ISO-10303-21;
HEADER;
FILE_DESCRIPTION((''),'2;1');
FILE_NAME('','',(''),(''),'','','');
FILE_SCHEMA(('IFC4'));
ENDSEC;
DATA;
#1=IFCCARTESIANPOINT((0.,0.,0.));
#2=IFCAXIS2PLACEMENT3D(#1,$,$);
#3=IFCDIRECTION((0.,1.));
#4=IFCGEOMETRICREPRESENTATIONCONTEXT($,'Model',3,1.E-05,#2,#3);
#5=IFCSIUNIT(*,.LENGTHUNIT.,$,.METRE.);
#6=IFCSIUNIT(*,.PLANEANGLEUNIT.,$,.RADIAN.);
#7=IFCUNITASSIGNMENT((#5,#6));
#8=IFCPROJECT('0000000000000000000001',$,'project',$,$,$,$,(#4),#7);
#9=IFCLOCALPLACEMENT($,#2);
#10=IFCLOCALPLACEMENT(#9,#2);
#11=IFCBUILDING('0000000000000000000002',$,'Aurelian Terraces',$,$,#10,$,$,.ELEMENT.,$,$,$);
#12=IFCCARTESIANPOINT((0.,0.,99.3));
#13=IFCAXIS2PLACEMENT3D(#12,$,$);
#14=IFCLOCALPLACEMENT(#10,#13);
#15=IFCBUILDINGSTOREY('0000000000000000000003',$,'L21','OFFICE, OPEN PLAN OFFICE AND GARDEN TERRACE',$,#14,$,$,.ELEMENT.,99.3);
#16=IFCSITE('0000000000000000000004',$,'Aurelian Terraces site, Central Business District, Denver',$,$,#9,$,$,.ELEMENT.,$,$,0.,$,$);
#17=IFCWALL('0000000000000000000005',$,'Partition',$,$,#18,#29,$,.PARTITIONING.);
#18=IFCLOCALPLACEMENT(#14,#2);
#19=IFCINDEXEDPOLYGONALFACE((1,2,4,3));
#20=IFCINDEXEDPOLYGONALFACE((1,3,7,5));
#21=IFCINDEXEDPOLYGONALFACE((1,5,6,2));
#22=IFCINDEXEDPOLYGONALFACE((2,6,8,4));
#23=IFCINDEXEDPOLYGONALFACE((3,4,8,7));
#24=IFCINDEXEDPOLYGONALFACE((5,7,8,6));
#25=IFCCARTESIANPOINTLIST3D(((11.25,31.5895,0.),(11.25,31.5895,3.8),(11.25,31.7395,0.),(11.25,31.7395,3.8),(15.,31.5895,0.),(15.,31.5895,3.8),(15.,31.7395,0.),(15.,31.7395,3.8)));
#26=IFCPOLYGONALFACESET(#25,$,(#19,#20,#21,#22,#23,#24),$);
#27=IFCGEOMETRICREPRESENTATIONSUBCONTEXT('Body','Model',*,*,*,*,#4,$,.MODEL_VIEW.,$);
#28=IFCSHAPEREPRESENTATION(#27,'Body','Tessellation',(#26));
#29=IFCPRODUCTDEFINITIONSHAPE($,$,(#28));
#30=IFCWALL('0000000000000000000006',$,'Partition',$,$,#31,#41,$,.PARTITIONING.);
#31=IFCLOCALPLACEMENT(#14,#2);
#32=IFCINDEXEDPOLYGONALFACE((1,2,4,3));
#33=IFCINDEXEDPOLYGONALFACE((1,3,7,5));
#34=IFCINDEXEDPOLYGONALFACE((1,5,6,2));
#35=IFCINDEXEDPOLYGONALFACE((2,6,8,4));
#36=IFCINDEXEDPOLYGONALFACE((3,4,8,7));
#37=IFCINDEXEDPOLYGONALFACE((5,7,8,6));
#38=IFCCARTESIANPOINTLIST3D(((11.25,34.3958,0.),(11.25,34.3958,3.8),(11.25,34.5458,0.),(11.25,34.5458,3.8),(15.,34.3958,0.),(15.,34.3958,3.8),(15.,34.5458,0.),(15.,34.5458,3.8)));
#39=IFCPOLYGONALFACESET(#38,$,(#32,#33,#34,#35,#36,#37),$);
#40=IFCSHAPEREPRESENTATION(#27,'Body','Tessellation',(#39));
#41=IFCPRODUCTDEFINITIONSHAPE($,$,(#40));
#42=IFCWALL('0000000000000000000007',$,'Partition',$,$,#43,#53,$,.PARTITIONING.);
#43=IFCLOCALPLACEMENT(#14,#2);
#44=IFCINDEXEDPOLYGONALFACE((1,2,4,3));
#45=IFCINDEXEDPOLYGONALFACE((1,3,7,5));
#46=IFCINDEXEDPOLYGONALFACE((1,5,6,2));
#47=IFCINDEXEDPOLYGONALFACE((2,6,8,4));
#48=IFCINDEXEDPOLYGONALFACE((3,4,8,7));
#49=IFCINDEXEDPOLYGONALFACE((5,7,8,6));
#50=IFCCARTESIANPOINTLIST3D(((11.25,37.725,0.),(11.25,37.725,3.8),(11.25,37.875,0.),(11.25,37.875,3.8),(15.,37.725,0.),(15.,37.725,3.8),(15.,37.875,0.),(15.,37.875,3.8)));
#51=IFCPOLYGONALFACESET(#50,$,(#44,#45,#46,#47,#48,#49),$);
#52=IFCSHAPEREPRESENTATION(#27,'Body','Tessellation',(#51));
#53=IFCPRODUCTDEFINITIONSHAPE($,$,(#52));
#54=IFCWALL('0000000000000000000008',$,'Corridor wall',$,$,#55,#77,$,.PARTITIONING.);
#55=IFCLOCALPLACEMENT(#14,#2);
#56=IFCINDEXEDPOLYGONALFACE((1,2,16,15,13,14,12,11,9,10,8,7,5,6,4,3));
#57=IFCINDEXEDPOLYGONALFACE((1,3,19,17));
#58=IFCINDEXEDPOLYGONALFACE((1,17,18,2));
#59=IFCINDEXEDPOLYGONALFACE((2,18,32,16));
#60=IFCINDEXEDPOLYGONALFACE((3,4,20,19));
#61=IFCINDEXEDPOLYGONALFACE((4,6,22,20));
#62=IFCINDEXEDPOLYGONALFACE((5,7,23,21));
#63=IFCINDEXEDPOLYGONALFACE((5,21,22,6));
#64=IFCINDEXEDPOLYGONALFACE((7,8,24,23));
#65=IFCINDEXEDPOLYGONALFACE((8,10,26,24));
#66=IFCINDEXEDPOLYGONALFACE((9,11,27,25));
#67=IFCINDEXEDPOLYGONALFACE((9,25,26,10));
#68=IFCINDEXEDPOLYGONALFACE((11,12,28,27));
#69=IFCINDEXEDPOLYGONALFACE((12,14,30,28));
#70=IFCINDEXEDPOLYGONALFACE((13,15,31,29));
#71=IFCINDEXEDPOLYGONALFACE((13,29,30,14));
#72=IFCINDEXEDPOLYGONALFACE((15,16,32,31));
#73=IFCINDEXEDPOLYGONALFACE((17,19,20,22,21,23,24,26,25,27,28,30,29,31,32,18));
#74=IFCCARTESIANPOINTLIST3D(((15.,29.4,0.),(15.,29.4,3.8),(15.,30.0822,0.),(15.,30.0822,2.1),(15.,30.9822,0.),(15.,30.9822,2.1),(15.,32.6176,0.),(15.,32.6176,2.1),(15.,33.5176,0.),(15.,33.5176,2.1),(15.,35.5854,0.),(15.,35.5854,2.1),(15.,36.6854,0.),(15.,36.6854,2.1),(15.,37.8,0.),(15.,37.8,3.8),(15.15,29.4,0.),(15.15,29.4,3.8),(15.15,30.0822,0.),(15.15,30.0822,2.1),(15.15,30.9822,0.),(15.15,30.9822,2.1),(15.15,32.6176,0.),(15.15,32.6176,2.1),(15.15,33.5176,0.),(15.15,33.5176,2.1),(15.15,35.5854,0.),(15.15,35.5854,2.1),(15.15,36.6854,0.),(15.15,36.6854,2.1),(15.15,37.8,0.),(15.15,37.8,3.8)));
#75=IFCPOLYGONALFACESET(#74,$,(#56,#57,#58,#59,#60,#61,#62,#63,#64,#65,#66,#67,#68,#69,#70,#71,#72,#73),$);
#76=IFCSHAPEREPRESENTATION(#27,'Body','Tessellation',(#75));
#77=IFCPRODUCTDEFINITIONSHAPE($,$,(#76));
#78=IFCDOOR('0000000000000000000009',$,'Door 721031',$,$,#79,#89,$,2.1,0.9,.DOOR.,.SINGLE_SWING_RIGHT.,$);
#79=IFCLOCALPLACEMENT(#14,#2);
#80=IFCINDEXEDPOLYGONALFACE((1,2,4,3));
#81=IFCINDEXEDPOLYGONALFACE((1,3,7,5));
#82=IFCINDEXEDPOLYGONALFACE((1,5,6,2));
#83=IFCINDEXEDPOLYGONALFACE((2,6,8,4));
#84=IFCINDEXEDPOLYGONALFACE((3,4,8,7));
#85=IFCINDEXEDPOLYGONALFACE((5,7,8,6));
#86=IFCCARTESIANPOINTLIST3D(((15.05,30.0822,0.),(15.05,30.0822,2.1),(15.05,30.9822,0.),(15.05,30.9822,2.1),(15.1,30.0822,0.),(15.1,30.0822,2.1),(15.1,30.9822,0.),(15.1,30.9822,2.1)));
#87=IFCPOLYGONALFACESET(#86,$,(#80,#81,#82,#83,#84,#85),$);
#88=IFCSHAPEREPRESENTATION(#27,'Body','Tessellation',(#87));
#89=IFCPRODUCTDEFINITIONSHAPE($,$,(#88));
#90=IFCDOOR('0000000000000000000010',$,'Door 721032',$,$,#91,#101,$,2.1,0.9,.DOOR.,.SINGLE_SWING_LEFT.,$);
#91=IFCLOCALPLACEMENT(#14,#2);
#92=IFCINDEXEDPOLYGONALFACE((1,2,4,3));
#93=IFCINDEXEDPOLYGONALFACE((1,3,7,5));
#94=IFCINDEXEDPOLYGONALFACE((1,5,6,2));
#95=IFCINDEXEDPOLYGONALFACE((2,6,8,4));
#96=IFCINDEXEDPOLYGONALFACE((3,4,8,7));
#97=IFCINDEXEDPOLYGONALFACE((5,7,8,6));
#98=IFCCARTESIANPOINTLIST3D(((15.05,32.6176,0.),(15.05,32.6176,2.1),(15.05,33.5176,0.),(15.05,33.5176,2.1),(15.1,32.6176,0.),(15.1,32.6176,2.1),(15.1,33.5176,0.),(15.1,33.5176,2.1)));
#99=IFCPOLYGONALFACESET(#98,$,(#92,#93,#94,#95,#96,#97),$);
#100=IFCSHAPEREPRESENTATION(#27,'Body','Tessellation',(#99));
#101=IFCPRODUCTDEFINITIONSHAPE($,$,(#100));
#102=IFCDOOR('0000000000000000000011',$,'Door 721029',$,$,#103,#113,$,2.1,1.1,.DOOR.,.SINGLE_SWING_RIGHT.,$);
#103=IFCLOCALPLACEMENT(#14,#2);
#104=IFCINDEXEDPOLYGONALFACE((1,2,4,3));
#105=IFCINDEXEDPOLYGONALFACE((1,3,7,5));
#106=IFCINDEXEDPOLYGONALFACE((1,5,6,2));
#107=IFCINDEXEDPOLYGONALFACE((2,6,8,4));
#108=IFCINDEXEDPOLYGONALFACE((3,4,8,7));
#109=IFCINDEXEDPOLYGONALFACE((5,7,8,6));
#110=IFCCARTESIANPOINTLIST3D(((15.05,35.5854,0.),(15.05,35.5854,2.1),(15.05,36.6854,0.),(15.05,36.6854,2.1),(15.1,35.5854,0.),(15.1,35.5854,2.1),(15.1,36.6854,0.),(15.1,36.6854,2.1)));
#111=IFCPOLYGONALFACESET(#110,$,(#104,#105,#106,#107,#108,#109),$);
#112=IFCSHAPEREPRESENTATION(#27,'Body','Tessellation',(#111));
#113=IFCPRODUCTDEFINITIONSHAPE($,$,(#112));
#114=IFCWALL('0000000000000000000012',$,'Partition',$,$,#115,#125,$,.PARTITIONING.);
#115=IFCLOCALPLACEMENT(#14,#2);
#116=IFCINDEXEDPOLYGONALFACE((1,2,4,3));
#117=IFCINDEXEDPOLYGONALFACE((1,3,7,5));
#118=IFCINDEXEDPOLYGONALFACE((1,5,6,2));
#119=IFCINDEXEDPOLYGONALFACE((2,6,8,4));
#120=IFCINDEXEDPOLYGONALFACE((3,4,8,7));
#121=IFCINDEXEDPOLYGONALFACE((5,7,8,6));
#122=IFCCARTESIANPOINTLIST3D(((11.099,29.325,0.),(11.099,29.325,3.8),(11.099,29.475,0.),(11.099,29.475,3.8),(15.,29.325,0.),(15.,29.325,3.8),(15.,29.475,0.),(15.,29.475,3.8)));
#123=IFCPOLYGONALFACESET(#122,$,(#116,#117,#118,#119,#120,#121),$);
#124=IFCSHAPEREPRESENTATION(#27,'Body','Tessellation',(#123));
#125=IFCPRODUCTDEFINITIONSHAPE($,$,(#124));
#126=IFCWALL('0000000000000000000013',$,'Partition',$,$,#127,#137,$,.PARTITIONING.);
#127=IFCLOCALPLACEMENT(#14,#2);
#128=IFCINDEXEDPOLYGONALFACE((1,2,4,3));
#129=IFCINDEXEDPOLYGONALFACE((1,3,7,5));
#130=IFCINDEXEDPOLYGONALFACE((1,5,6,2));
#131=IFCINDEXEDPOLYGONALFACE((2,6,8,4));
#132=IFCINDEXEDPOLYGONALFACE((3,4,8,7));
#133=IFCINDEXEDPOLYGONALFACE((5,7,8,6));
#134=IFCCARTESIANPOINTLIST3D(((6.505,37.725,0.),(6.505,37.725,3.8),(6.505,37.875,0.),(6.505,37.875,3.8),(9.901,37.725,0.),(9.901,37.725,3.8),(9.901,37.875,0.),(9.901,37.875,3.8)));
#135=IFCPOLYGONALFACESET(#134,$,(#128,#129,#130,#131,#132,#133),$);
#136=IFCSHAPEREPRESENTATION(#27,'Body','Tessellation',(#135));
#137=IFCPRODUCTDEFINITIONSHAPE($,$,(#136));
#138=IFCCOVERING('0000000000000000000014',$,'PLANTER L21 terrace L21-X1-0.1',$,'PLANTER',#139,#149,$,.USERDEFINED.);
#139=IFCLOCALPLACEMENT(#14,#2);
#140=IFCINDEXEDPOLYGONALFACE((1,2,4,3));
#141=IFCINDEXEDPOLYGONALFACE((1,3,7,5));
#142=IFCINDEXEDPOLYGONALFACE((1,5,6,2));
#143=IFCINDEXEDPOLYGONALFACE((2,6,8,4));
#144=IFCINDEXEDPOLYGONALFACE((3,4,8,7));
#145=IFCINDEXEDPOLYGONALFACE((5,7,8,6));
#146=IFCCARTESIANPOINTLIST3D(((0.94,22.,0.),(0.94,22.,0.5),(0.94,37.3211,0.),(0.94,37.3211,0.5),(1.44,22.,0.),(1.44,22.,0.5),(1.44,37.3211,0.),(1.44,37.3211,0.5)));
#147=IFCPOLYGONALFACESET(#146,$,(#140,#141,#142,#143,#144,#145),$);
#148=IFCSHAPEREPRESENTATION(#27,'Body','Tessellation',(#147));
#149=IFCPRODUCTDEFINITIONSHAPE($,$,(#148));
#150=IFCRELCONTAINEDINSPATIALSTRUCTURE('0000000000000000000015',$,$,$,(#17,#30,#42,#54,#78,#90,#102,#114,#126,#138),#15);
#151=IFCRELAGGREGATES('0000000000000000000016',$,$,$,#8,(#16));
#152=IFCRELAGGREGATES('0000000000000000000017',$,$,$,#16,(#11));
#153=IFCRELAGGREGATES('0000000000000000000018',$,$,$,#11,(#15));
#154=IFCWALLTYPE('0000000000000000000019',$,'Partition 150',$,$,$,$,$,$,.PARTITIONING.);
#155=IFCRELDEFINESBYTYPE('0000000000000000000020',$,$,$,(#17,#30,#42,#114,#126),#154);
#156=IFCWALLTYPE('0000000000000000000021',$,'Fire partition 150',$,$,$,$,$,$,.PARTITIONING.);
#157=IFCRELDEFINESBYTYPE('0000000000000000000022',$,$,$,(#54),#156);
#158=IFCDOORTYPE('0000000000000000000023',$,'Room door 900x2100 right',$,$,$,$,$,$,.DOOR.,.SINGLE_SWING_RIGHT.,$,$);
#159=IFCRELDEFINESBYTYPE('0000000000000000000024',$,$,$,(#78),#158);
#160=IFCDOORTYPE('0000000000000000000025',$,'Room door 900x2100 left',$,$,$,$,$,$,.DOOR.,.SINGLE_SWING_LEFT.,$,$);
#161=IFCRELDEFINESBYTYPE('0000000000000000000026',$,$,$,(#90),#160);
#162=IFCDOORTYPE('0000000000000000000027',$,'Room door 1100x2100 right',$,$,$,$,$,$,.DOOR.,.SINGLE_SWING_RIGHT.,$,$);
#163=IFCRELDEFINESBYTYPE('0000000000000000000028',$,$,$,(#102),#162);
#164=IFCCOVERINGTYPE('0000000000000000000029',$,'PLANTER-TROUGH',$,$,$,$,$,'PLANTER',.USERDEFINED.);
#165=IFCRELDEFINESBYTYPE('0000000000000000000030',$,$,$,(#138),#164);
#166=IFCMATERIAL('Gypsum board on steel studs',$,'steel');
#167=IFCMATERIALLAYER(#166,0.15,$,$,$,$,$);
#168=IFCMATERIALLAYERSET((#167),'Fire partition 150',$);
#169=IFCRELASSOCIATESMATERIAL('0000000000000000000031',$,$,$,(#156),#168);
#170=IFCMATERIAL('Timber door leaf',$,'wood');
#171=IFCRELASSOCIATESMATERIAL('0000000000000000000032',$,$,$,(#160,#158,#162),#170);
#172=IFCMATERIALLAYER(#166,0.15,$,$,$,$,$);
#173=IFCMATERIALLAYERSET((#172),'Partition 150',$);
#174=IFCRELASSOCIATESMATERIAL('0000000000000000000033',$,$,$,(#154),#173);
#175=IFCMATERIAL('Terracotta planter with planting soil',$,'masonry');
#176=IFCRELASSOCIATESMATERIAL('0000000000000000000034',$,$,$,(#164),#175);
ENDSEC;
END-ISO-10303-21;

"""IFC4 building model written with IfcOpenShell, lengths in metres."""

from ifc_helpers import new_model, si_unit, direction, frame, frame_2d, origin, origin_2d, place, context, subcontext, project, spatial, rectangle, extrude, source, transform, mapped, material, layer, layer_set, type_object, element, fill, save


model = new_model("IFC4")

# Units and contexts
model_context = context("Model", 3, precision=1e-05, world=origin(), true_north=direction((0.0, 1.0)))
body_context = subcontext(model_context, "Body", "Model", "MODEL_VIEW")
ifc_project = project(units=[si_unit("LENGTHUNIT", "METRE"), si_unit("PLANEANGLEUNIT", "RADIAN")], contexts=[model_context])

# Site, building, storey
site_placement = place(None, origin())
site = spatial("IfcSite", under=ifc_project, at=site_placement, Name="Aurelian Terraces site, Central Business District, Denver", CompositionType="ELEMENT", RefElevation=0.0)
building_placement = place(site_placement, origin())
building = spatial("IfcBuilding", under=site, at=building_placement, Name="Aurelian Terraces", CompositionType="ELEMENT")
storey_placement = place(building_placement, frame((0.0, 0.0, 99.3)))
storey = spatial("IfcBuildingStorey", under=building, at=storey_placement, Name="L21", Description="OFFICE, OPEN PLAN OFFICE AND GARDEN TERRACE", CompositionType="ELEMENT", Elevation=99.3)

# Shared definitions
ifc_material_1 = material(Name="Gypsum board on steel studs", Category="steel")

# Shared definitions
shared_shape_1 = source(origin(), body_context, "Body", "SweptSolid", [
    extrude(rectangle(XDim=1.1, YDim=2.1, at=frame_2d((0.55, 1.05))), frame((0.0, 0.025, 0.0), z_axis=(0.0, -1.0, 0.0), x_axis=(1.0, 0.0, 0.0)), (0.0, 0.0, 1.0), 0.05),
])

# Shared definitions
shared_shape_2 = source(origin(), body_context, "Body", "SweptSolid", [
    extrude(rectangle(XDim=0.9, YDim=2.1, at=frame_2d((0.45, 1.05))), frame((0.0, 0.025, 0.0), z_axis=(0.0, -1.0, 0.0), x_axis=(1.0, 0.0, 0.0)), (0.0, 0.0, 1.0), 0.05),
])

# Shared definitions
ifc_layer_1 = layer(ifc_material_1, 0.15)
ifc_layer_set_1 = layer_set([ifc_layer_1], Name="Fire partition 150")
wall_type_1 = type_object("IfcWallType", Name="Fire partition 150", PredefinedType="PARTITIONING", material=ifc_layer_set_1)
shared_shape_3 = source(origin(), body_context, "Body", "SweptSolid", [
    extrude(rectangle(XDim=0.9, YDim=2.1, at=frame_2d((0.45, 1.05))), frame((0.0, 0.085, 0.0), z_axis=(0.0, -1.0, 0.0), x_axis=(1.0, 0.0, 0.0)), (0.0, 0.0, 1.0), 0.17),
])
ifc_material_2 = material(Name="Timber door leaf", Category="wood")
door_type_1 = type_object("IfcDoorType", Name="Room door 900x2100 left", OperationType="SINGLE_SWING_LEFT", PredefinedType="DOOR", material=ifc_material_2)

# Walls
ifc_layer_2 = layer(ifc_material_1, 0.15)
ifc_layer_set_2 = layer_set([ifc_layer_2], Name="Partition 150")
wall_type_2 = type_object("IfcWallType", Name="Partition 150", PredefinedType="PARTITIONING", material=ifc_layer_set_2)
shared_shape_4 = source(origin(), body_context, "Body", "SweptSolid", [
    extrude(rectangle(XDim=3.75, YDim=0.15, at=frame_2d((1.875, 0.0))), origin(), (0.0, 0.0, 1.0), 3.8),
])
for number, where, z_axis, x_axis, name in (
    (1, (15.0, 31.6645, 0.0), (0.0, 0.0, 1.0), (-1.0, 0.0, 0.0), "Partition"),
    (2, (15.0, 34.4708, 0.0), (0.0, 0.0, 1.0), (-1.0, 0.0, 0.0), "Partition"),
    (3, (15.0, 37.8, 0.0), (0.0, 0.0, 1.0), (-1.0, 0.0, 0.0), "Partition"),
):
    element("IfcWall", number, at=place(storey_placement, frame(where, z_axis=z_axis, x_axis=x_axis)), inside=storey, type_object=wall_type_2, Name=name, PredefinedType="PARTITIONING", context=body_context, shape_type="MappedRepresentation", body=[
        mapped(shared_shape_4, transform((0.0, 0.0, 0.0), scale=1.0)),
    ])

# Wall, openings, doors
shared_shape_5 = source(origin(), body_context, "Body", "SweptSolid", [
    extrude(rectangle(XDim=8.4, YDim=0.15, at=frame_2d((4.2, 0.0))), origin(), (0.0, 0.0, 1.0), 3.8),
])
wall_1_placement = place(storey_placement, frame((15.075, 29.4, 0.0), z_axis=(0.0, 0.0, 1.0), x_axis=(0.0, 1.0, 0.0)))
wall_1 = element("IfcWall", 4, at=wall_1_placement, inside=storey, type_object=wall_type_1, Name="Corridor wall", PredefinedType="PARTITIONING", context=body_context, shape_type="MappedRepresentation", body=[
    mapped(shared_shape_5, transform((0.0, 0.0, 0.0), scale=1.0)),
])
shared_shape_6 = source(origin(), body_context, "Body", "SweptSolid", [
    extrude(rectangle(XDim=1.1, YDim=2.1, at=frame_2d((0.55, 1.05))), frame((0.0, 0.085, 0.0), z_axis=(0.0, -1.0, 0.0), x_axis=(1.0, 0.0, 0.0)), (0.0, 0.0, 1.0), 0.17),
])
opening_1_placement = place(wall_1_placement, frame((6.1854, 0.0, 0.0)))
opening_1 = element("IfcOpeningElement", 5, at=opening_1_placement, cuts=wall_1, PredefinedType="OPENING", context=body_context, shape_type="MappedRepresentation", body=[
    mapped(shared_shape_6, transform((0.0, 0.0, 0.0), scale=1.0)),
])
opening_2_placement = place(wall_1_placement, frame((0.6822, 0.0, 0.0)))
opening_2 = element("IfcOpeningElement", 6, at=opening_2_placement, cuts=wall_1, PredefinedType="OPENING", context=body_context, shape_type="MappedRepresentation", body=[
    mapped(shared_shape_3, transform((0.0, 0.0, 0.0), scale=1.0)),
])
opening_3_placement = place(wall_1_placement, frame((3.2176, 0.0, 0.0)))
opening_3 = element("IfcOpeningElement", 7, at=opening_3_placement, cuts=wall_1, PredefinedType="OPENING", context=body_context, shape_type="MappedRepresentation", body=[
    mapped(shared_shape_3, transform((0.0, 0.0, 0.0), scale=1.0)),
])
door_type_2 = type_object("IfcDoorType", Name="Room door 900x2100 right", OperationType="SINGLE_SWING_RIGHT", PredefinedType="DOOR", material=ifc_material_2)
door_1_placement = place(opening_2_placement, origin())
door_1 = element("IfcDoor", 8, at=door_1_placement, inside=storey, type_object=door_type_2, Name="Door 721031", OperationType="SINGLE_SWING_RIGHT", OverallHeight=2.1, OverallWidth=0.9, PredefinedType="DOOR", context=body_context, shape_type="MappedRepresentation", body=[
    mapped(shared_shape_2, transform((0.0, 0.0, 0.0), scale=1.0)),
])
fill(opening_2, door_1)
door_2_placement = place(opening_3_placement, origin())
door_2 = element("IfcDoor", 9, at=door_2_placement, inside=storey, type_object=door_type_1, Name="Door 721032", OperationType="SINGLE_SWING_LEFT", OverallHeight=2.1, OverallWidth=0.9, PredefinedType="DOOR", context=body_context, shape_type="MappedRepresentation", body=[
    mapped(shared_shape_2, transform((0.0, 0.0, 0.0), scale=1.0)),
])
fill(opening_3, door_2)
door_type_3 = type_object("IfcDoorType", Name="Room door 1100x2100 right", OperationType="SINGLE_SWING_RIGHT", PredefinedType="DOOR", material=ifc_material_2)
door_3_placement = place(opening_1_placement, origin())
door_3 = element("IfcDoor", 10, at=door_3_placement, inside=storey, type_object=door_type_3, Name="Door 721029", OperationType="SINGLE_SWING_RIGHT", OverallHeight=2.1, OverallWidth=1.1, PredefinedType="DOOR", context=body_context, shape_type="MappedRepresentation", body=[
    mapped(shared_shape_1, transform((0.0, 0.0, 0.0), scale=1.0)),
])
fill(opening_1, door_3)

# Walls
shared_shape_7 = source(origin(), body_context, "Body", "SweptSolid", [
    extrude(rectangle(XDim=3.901, YDim=0.15, at=frame_2d((1.9505, 0.0))), origin(), (0.0, 0.0, 1.0), 3.8),
])
wall_2_placement = place(storey_placement, frame((15.0, 29.4, 0.0), z_axis=(0.0, 0.0, 1.0), x_axis=(-1.0, 0.0, 0.0)))
element("IfcWall", 11, at=wall_2_placement, inside=storey, type_object=wall_type_2, Name="Partition", PredefinedType="PARTITIONING", context=body_context, shape_type="MappedRepresentation", body=[
    mapped(shared_shape_7, transform((0.0, 0.0, 0.0), scale=1.0)),
])
shared_shape_8 = source(origin(), body_context, "Body", "SweptSolid", [
    extrude(rectangle(XDim=3.396, YDim=0.15, at=frame_2d((1.698, 0.0))), origin(), (0.0, 0.0, 1.0), 3.8),
])
wall_3_placement = place(storey_placement, frame((9.901, 37.8, 0.0), z_axis=(0.0, 0.0, 1.0), x_axis=(-1.0, 0.0, 0.0)))
element("IfcWall", 12, at=wall_3_placement, inside=storey, type_object=wall_type_2, Name="Partition", PredefinedType="PARTITIONING", context=body_context, shape_type="MappedRepresentation", body=[
    mapped(shared_shape_8, transform((0.0, 0.0, 0.0), scale=1.0)),
])

# Covering
ifc_material_3 = material(Name="Terracotta planter with planting soil", Category="masonry")
covering_type = type_object("IfcCoveringType", Name="PLANTER-TROUGH", ElementType="PLANTER", PredefinedType="USERDEFINED", material=ifc_material_3)
covering_placement = place(storey_placement, frame((1.19, 29.6606, 0.0), z_axis=(0.0, 0.0, 1.0), x_axis=(1.0, 0.0, 0.0)))
element("IfcCovering", 13, at=covering_placement, inside=storey, type_object=covering_type, Name="PLANTER L21 terrace L21-X1-0.1", ObjectType="PLANTER", PredefinedType="USERDEFINED", context=body_context, shape_type="SweptSolid", body=[
    extrude(rectangle(XDim=0.5, YDim=15.3211, at=origin_2d()), origin(), (0.0, 0.0, 1.0), 0.5),
])

save(model, "model.ifc")
